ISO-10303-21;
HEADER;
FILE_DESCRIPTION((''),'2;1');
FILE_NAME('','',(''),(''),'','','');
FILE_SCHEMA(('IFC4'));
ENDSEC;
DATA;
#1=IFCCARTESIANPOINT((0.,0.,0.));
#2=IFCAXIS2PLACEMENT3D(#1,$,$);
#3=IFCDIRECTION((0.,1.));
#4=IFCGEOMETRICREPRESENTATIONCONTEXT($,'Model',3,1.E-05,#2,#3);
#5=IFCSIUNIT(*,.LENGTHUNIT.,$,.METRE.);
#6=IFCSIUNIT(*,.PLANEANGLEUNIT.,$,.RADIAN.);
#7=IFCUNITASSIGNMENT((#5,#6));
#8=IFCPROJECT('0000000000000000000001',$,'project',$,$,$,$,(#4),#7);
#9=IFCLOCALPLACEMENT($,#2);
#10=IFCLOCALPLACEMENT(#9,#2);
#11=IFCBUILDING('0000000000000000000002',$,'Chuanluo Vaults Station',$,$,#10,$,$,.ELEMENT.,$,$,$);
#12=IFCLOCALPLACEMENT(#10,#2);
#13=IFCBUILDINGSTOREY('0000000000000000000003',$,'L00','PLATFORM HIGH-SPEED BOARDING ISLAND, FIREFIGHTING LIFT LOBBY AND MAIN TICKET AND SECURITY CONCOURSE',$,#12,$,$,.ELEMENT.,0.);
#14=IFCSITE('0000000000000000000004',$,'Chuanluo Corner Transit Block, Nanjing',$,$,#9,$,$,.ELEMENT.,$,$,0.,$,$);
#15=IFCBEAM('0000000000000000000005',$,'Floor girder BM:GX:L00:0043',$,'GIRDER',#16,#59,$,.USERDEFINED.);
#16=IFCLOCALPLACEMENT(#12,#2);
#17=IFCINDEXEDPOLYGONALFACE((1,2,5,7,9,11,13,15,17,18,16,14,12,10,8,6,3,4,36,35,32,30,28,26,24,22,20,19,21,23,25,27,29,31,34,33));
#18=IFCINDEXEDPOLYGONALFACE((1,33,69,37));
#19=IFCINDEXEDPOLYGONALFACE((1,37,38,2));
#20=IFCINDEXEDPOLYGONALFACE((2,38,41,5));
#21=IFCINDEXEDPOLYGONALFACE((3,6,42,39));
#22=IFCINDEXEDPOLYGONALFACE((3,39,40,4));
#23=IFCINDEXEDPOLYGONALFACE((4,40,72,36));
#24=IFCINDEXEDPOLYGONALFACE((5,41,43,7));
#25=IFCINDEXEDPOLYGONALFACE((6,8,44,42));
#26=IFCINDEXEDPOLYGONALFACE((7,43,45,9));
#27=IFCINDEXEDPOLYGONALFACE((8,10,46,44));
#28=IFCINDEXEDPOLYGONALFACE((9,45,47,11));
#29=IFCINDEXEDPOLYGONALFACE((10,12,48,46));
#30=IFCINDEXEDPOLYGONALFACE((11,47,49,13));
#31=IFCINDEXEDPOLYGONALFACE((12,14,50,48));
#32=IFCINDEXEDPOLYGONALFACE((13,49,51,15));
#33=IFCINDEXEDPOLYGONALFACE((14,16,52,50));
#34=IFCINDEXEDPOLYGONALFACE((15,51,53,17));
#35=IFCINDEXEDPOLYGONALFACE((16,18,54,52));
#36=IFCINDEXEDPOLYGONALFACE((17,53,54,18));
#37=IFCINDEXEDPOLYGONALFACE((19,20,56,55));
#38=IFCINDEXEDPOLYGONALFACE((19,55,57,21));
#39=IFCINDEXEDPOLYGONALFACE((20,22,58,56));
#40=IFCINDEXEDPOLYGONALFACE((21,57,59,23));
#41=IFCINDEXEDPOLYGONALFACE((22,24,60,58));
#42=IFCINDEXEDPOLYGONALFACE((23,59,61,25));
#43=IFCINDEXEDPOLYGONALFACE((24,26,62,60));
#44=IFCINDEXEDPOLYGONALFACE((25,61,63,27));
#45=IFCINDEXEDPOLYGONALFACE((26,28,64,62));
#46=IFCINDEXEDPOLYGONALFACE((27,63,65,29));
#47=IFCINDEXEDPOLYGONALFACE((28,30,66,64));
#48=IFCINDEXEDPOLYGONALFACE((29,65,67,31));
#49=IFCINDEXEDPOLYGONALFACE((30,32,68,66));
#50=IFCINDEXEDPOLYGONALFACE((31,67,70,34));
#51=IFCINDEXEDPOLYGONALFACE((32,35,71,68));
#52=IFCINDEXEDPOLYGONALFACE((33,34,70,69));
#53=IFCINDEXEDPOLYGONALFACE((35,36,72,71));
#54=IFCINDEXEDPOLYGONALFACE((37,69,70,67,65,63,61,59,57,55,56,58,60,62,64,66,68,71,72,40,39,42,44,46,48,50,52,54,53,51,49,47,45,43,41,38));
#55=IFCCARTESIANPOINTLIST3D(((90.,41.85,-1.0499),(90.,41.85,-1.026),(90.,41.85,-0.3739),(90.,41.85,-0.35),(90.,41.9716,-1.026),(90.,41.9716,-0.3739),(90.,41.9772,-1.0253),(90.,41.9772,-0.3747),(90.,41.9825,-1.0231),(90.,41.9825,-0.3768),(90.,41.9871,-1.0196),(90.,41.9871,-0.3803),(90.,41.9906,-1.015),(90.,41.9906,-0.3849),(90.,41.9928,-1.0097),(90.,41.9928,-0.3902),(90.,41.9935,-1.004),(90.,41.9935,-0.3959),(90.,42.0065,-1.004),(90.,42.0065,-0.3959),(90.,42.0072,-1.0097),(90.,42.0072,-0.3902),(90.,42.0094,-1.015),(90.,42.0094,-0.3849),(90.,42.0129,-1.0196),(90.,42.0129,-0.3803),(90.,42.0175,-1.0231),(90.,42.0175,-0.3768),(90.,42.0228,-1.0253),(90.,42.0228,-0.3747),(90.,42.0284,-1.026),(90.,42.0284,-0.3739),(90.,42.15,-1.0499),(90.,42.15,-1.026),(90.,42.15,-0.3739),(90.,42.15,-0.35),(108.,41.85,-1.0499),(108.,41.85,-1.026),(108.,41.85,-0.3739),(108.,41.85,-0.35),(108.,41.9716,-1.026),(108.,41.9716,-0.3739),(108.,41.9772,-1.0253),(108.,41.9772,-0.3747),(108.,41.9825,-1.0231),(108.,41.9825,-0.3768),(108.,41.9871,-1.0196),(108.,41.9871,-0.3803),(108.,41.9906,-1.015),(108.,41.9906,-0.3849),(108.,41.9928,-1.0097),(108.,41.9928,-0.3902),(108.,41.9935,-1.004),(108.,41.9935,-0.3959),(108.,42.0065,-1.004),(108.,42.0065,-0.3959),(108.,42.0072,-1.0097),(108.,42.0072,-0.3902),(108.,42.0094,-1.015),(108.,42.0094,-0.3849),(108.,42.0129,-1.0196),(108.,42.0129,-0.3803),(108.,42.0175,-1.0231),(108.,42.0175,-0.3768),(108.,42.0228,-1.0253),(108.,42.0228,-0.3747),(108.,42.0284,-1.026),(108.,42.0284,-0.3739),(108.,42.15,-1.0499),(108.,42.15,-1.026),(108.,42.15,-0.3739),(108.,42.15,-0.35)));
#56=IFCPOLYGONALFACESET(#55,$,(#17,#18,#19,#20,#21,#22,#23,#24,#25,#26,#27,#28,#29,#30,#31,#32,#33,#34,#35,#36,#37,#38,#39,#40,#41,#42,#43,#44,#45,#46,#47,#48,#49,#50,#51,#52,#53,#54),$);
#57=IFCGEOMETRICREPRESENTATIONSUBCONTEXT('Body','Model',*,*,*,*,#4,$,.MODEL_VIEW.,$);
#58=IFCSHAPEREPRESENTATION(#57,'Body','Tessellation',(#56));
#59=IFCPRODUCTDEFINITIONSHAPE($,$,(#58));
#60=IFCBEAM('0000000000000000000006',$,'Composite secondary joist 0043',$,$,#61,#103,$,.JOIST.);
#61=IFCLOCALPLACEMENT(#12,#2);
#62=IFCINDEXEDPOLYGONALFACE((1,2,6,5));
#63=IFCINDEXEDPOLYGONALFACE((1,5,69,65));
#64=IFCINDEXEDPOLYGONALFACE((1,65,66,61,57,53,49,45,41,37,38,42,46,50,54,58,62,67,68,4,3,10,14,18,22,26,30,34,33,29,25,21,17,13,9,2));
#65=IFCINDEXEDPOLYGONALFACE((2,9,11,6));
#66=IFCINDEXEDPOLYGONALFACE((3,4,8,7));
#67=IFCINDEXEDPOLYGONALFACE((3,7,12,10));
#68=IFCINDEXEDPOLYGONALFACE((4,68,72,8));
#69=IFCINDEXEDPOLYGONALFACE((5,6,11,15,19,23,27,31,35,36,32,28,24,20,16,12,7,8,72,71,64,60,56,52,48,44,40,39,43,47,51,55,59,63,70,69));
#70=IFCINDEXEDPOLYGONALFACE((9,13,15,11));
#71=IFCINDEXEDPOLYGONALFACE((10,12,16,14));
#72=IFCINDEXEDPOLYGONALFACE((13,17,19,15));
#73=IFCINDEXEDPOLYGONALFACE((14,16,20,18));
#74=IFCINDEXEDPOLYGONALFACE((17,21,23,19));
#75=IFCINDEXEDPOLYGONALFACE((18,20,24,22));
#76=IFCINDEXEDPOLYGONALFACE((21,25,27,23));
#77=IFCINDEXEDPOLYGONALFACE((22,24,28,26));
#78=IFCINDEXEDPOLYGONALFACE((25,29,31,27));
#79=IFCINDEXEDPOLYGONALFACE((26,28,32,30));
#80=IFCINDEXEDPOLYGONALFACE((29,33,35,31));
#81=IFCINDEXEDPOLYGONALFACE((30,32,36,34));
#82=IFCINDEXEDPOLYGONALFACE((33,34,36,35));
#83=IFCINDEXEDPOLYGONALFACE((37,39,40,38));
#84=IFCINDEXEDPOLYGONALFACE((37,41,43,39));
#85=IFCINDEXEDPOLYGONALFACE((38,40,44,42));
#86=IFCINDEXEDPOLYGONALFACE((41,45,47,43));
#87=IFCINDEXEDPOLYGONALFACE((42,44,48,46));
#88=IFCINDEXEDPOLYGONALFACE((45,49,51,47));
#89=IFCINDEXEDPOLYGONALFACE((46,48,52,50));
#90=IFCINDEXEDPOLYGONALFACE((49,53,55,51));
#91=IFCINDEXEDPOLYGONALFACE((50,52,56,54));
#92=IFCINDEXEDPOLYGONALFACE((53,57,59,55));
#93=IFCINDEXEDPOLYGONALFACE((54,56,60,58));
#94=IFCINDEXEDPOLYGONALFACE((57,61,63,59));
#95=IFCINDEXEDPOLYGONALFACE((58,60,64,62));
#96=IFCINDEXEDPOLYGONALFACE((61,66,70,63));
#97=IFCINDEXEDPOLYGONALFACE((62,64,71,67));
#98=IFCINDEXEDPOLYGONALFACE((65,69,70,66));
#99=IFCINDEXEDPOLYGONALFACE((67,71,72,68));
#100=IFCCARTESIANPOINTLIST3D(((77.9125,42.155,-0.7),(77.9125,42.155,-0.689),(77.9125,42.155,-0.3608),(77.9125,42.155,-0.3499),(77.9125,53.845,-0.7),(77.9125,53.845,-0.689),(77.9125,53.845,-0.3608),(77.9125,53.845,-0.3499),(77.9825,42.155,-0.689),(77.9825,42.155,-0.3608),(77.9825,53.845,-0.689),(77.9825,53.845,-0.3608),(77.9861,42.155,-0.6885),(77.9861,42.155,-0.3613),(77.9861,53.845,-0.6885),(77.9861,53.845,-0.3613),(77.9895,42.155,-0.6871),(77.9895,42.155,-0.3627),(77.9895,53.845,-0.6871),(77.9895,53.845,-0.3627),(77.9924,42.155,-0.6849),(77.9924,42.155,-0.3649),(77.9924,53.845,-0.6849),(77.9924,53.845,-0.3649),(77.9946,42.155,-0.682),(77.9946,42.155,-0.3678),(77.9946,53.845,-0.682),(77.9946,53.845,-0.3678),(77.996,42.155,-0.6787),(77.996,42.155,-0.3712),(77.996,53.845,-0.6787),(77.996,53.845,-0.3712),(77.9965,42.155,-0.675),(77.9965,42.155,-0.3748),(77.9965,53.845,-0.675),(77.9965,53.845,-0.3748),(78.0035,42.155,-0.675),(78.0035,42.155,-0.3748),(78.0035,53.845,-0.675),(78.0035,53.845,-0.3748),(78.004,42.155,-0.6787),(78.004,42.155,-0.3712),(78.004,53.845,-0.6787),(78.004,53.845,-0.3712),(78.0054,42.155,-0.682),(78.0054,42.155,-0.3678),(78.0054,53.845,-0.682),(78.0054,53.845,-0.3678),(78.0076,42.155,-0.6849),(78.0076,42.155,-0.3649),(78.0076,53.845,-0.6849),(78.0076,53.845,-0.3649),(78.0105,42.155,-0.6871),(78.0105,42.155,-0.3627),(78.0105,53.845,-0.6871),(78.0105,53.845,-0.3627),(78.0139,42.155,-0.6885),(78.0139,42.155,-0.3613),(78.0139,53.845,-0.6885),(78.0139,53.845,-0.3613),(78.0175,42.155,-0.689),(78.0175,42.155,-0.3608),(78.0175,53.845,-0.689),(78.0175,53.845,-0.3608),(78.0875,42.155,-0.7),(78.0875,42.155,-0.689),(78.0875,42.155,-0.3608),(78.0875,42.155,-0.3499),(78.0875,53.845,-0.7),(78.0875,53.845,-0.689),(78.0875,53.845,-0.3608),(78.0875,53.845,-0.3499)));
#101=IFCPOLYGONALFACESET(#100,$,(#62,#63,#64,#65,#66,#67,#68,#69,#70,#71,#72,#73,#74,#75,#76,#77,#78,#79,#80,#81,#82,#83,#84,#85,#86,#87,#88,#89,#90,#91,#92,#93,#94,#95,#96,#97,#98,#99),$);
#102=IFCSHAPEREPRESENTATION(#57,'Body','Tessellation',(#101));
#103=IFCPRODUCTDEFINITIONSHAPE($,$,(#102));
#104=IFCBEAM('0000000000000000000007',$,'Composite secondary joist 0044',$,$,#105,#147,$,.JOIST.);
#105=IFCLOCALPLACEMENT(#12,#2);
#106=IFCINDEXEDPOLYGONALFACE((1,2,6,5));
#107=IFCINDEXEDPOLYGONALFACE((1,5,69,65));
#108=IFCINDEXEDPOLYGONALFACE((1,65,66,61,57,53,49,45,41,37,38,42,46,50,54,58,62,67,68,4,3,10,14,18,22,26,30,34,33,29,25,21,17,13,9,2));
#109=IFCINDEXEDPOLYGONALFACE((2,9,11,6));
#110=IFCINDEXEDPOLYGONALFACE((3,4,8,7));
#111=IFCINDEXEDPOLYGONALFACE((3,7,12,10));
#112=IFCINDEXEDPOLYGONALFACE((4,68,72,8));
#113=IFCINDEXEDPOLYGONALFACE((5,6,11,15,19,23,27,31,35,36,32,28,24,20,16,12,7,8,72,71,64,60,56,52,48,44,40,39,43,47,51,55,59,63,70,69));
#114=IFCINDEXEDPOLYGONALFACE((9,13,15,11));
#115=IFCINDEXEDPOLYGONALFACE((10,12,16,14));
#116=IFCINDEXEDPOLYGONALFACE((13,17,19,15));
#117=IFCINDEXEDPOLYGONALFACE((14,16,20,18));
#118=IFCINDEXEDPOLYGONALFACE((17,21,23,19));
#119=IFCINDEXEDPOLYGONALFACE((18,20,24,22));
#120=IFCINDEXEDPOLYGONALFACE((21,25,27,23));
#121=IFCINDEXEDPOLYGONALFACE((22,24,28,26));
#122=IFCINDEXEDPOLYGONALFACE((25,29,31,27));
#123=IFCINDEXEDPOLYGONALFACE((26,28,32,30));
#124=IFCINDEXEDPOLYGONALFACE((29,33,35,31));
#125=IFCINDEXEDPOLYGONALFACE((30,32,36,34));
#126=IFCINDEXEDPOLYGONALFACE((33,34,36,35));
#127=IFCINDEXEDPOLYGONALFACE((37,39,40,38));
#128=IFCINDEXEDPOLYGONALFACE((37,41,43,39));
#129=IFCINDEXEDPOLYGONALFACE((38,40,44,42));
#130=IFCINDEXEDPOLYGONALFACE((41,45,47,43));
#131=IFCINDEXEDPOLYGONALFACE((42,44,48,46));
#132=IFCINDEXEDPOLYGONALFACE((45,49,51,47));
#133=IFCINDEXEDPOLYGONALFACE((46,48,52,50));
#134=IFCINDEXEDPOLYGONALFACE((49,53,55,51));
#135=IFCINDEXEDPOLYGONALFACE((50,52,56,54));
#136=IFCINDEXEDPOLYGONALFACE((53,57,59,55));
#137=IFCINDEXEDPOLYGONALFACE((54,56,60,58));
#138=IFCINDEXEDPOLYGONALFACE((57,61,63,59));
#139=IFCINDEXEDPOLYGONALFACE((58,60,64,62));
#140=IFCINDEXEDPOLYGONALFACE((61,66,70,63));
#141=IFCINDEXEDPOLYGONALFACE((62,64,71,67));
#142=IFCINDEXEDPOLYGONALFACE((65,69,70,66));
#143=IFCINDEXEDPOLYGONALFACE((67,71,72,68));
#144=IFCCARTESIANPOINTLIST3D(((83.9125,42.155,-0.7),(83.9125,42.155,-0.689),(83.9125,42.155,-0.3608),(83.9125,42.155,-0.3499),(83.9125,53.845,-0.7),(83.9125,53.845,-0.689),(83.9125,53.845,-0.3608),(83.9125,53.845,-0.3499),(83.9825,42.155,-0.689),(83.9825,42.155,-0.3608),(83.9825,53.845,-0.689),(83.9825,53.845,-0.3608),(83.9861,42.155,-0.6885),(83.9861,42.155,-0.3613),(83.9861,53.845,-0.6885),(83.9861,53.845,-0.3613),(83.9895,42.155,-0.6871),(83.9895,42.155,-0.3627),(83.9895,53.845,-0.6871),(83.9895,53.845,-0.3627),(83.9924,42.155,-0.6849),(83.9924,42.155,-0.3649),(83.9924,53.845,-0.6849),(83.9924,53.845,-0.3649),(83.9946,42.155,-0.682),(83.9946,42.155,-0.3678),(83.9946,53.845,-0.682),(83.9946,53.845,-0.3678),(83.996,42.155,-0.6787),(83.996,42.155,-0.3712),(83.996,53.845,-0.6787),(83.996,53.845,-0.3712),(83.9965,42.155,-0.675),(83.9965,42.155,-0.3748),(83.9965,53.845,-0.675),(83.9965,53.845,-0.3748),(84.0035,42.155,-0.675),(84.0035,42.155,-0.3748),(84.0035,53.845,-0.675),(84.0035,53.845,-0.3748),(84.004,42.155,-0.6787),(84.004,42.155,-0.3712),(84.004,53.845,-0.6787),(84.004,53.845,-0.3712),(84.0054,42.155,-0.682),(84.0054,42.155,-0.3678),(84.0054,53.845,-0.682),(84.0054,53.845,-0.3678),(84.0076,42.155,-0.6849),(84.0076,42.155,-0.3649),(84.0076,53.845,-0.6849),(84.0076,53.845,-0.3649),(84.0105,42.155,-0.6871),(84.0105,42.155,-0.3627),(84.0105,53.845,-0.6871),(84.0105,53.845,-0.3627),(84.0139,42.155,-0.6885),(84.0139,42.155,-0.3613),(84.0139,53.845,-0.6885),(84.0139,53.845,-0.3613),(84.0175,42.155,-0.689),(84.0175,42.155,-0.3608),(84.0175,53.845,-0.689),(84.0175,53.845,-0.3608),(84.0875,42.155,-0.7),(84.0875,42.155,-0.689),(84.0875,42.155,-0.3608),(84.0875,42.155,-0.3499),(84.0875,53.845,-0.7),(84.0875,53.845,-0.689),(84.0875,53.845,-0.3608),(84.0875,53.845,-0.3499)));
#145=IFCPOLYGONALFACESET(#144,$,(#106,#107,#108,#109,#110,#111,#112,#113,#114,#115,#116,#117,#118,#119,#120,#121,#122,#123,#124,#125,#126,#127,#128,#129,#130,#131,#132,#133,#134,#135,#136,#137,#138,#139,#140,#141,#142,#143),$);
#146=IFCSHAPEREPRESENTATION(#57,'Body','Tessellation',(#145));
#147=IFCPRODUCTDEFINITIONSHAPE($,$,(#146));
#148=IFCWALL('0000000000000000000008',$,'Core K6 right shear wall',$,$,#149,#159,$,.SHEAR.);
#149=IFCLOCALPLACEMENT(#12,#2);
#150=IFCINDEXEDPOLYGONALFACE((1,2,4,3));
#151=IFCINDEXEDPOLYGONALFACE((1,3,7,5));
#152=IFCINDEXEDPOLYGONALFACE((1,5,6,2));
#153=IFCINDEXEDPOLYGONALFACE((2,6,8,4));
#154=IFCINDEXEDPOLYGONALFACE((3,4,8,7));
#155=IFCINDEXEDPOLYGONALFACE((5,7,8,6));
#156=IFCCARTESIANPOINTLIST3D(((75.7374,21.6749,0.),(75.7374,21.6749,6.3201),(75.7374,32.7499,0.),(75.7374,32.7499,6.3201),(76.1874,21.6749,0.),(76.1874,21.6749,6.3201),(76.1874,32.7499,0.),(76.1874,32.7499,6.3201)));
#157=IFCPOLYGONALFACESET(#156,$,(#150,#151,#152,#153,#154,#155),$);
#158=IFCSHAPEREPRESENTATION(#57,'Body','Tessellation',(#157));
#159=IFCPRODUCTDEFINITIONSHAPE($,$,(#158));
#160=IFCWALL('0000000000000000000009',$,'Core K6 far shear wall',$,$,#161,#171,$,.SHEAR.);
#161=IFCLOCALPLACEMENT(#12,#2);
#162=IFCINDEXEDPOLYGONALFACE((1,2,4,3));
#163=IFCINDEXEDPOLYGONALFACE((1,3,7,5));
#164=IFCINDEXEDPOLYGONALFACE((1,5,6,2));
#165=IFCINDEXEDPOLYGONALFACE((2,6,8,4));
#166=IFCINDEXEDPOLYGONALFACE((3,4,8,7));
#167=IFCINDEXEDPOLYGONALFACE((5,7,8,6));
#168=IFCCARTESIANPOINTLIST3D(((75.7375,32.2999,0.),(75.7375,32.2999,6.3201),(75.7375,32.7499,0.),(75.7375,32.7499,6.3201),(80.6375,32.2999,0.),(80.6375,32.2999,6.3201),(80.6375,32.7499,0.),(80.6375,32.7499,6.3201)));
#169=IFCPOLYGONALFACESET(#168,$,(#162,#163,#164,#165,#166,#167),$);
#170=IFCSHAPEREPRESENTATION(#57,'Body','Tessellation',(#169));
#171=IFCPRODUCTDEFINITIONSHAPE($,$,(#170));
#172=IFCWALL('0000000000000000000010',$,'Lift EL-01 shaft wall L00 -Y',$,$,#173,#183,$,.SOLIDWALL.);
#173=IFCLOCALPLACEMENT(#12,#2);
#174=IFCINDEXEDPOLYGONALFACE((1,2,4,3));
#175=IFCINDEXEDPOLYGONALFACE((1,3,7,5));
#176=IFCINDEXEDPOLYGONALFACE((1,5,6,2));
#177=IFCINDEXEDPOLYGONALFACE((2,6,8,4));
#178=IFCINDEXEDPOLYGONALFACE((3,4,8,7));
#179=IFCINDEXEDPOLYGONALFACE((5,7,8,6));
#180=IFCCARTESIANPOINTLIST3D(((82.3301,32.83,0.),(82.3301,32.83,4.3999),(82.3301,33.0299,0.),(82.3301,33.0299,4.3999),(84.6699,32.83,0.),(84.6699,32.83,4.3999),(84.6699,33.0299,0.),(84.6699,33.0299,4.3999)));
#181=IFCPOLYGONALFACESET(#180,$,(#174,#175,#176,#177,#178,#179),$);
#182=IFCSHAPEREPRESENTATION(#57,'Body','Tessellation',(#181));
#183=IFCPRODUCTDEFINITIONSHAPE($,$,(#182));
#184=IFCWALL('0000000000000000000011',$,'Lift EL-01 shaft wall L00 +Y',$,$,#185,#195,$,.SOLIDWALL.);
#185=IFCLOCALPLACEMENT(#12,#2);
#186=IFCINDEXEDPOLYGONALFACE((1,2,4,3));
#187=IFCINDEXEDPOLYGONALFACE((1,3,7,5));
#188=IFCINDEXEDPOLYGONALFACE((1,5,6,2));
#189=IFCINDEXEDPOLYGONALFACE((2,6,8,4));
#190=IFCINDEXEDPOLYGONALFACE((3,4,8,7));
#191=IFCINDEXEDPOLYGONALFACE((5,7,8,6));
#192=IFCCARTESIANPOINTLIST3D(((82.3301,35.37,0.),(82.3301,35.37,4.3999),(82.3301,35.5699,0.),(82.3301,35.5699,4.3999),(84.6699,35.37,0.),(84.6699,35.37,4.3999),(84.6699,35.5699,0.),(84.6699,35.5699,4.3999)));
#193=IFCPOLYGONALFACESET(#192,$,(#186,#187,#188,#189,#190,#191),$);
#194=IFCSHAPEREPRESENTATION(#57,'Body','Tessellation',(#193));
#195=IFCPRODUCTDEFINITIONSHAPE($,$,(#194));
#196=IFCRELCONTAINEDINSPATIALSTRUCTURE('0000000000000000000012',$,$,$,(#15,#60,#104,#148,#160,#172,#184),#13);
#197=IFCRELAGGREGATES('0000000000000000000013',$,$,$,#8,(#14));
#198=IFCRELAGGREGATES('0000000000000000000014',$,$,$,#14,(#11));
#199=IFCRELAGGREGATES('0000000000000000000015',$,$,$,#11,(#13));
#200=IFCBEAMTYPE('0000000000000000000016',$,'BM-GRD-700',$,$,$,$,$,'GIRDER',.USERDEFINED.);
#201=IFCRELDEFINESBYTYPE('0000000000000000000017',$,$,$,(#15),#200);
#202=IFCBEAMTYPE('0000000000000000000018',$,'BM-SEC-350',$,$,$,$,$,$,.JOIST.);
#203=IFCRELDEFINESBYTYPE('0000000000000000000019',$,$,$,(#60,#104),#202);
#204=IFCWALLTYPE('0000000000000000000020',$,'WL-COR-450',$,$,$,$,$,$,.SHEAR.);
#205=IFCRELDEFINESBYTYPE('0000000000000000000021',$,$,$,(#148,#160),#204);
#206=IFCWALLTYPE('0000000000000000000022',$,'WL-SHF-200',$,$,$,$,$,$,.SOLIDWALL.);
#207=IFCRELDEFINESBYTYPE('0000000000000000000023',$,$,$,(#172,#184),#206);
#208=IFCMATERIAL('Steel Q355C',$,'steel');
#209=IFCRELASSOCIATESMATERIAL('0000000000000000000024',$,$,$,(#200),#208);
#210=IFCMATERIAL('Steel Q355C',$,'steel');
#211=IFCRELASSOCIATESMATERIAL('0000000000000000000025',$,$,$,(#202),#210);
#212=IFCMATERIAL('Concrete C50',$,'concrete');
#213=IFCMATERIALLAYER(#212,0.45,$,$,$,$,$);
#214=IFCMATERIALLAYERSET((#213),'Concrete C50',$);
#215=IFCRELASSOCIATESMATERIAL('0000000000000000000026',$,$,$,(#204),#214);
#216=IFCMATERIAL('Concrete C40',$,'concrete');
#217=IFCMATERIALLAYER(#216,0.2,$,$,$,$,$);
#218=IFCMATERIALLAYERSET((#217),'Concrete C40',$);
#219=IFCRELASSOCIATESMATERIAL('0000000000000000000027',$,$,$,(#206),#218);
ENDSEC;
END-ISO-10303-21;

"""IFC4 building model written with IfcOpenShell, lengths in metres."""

from ifc_helpers import new_model, si_unit, direction, frame, frame_2d, origin, origin_2d, place, context, subcontext, project, spatial, rectangle, i_section, extrude, material, layer, layer_set, material_profile, profile_set, type_object, element, save


model = new_model("IFC4")

# Units and contexts
model_context = context("Model", 3, precision=1e-05, world=origin(), true_north=direction((0.0, 1.0)))
body_context = subcontext(model_context, "Body", "Model", "MODEL_VIEW")
ifc_project = project(units=[si_unit("LENGTHUNIT", "METRE"), si_unit("PLANEANGLEUNIT", "RADIAN")], contexts=[model_context])

# Site, building, storey
site_placement = place(None, origin())
site = spatial("IfcSite", under=ifc_project, at=site_placement, Name="Chuanluo Corner Transit Block, Nanjing", CompositionType="ELEMENT", RefElevation=0.0)
building_placement = place(site_placement, origin())
building = spatial("IfcBuilding", under=site, at=building_placement, Name="Chuanluo Vaults Station", CompositionType="ELEMENT")
storey_placement = place(building_placement, origin())
storey = spatial("IfcBuildingStorey", under=building, at=storey_placement, Name="L00", Description="PLATFORM HIGH-SPEED BOARDING ISLAND, FIREFIGHTING LIFT LOBBY AND MAIN TICKET AND SECURITY CONCOURSE", CompositionType="ELEMENT", Elevation=0.0)

# Beams
ifc_material_1 = material(Name="Steel Q355C", Category="steel")
ifc_material_profile_1 = material_profile(ifc_material_1, i_section(OverallWidth=0.3, OverallDepth=0.7, WebThickness=0.0129, FlangeThickness=0.0239, FilletRadius=0.022, at=origin_2d()))
ifc_profile_set_1 = profile_set([ifc_material_profile_1], Name="Steel Q355C")
beam_type_1 = type_object("IfcBeamType", Name="BM-GRD-700", ElementType="GIRDER", PredefinedType="USERDEFINED", material=ifc_profile_set_1)
for number, where, z_axis, x_axis, name in (
    (1, (90.0, 42.0, -0.7), (1.0, 0.0, 0.0), (0.0, 1.0, 0.0), "Floor girder BM:GX:L00:0043"),
):
    element("IfcBeam", number, at=place(storey_placement, frame(where, z_axis=z_axis, x_axis=x_axis)), inside=storey, type_object=beam_type_1, Name=name, ObjectType="GIRDER", PredefinedType="USERDEFINED", context=body_context, shape_type="SweptSolid", body=[
        extrude(i_section(OverallWidth=0.3, OverallDepth=0.7, WebThickness=0.0129, FlangeThickness=0.0239, FilletRadius=0.022, at=origin_2d()), origin(), (0.0, 0.0, 1.0), 18.0),
    ])
ifc_material_2 = material(Name="Steel Q355C", Category="steel")
ifc_material_profile_2 = material_profile(ifc_material_2, i_section(OverallWidth=0.175, OverallDepth=0.3501, WebThickness=0.0071, FlangeThickness=0.011, FilletRadius=0.0139, at=origin_2d()))
ifc_profile_set_2 = profile_set([ifc_material_profile_2], Name="Steel Q355C")
beam_type_2 = type_object("IfcBeamType", Name="BM-SEC-350", PredefinedType="JOIST", material=ifc_profile_set_2)
for number, where, z_axis, x_axis, name in (
    (2, (78.0, 42.155, -0.5249), (0.0, 1.0, 0.0), (-1.0, 0.0, 0.0), "Composite secondary joist 0043"),
    (3, (84.0, 42.155, -0.5249), (0.0, 1.0, 0.0), (-1.0, 0.0, 0.0), "Composite secondary joist 0044"),
):
    element("IfcBeam", number, at=place(storey_placement, frame(where, z_axis=z_axis, x_axis=x_axis)), inside=storey, type_object=beam_type_2, Name=name, PredefinedType="JOIST", context=body_context, shape_type="SweptSolid", body=[
        extrude(i_section(OverallWidth=0.175, OverallDepth=0.3501, WebThickness=0.0071, FlangeThickness=0.011, FilletRadius=0.0139, at=origin_2d()), origin(), (0.0, 0.0, 1.0), 11.6899),
    ])

# Walls
ifc_material_3 = material(Name="Concrete C50", Category="concrete")
ifc_layer_1 = layer(ifc_material_3, 0.45)
ifc_layer_set_1 = layer_set([ifc_layer_1], Name="Concrete C50")
wall_type_1 = type_object("IfcWallType", Name="WL-COR-450", PredefinedType="SHEAR", material=ifc_layer_set_1)
wall_1_placement = place(storey_placement, frame((75.9624, 32.75, 0.0), z_axis=(0.0, 0.0, 1.0), x_axis=(0.0, -1.0, 0.0)))
element("IfcWall", 4, at=wall_1_placement, inside=storey, type_object=wall_type_1, Name="Core K6 right shear wall", PredefinedType="SHEAR", context=body_context, shape_type="SweptSolid", body=[
    extrude(rectangle(XDim=11.075, YDim=0.45, at=frame_2d((5.5376, 0.0))), origin(), (0.0, 0.0, 1.0), 6.3201),
])
wall_2_placement = place(storey_placement, frame((80.6375, 32.5249, 0.0), z_axis=(0.0, 0.0, 1.0), x_axis=(-1.0, 0.0, 0.0)))
element("IfcWall", 5, at=wall_2_placement, inside=storey, type_object=wall_type_1, Name="Core K6 far shear wall", PredefinedType="SHEAR", context=body_context, shape_type="SweptSolid", body=[
    extrude(rectangle(XDim=4.8999, YDim=0.45, at=frame_2d((2.45, 0.0))), origin(), (0.0, 0.0, 1.0), 6.3201),
])
ifc_material_4 = material(Name="Concrete C40", Category="concrete")
ifc_layer_2 = layer(ifc_material_4, 0.2)
ifc_layer_set_2 = layer_set([ifc_layer_2], Name="Concrete C40")
wall_type_2 = type_object("IfcWallType", Name="WL-SHF-200", PredefinedType="SOLIDWALL", material=ifc_layer_set_2)
for number, where, z_axis, x_axis, name in (
    (6, (82.3301, 32.9299, 0.0), (0.0, 0.0, 1.0), (1.0, 0.0, 0.0), "Lift EL-01 shaft wall L00 -Y"),
    (7, (84.6699, 35.47, 0.0), (0.0, 0.0, 1.0), (-1.0, 0.0, 0.0), "Lift EL-01 shaft wall L00 +Y"),
):
    element("IfcWall", number, at=place(storey_placement, frame(where, z_axis=z_axis, x_axis=x_axis)), inside=storey, type_object=wall_type_2, Name=name, PredefinedType="SOLIDWALL", context=body_context, shape_type="SweptSolid", body=[
        extrude(rectangle(XDim=2.3398, YDim=0.2, at=frame_2d((1.1699, 0.0))), origin(), (0.0, 0.0, 1.0), 4.3999),
    ])

save(model, "model.ifc")
